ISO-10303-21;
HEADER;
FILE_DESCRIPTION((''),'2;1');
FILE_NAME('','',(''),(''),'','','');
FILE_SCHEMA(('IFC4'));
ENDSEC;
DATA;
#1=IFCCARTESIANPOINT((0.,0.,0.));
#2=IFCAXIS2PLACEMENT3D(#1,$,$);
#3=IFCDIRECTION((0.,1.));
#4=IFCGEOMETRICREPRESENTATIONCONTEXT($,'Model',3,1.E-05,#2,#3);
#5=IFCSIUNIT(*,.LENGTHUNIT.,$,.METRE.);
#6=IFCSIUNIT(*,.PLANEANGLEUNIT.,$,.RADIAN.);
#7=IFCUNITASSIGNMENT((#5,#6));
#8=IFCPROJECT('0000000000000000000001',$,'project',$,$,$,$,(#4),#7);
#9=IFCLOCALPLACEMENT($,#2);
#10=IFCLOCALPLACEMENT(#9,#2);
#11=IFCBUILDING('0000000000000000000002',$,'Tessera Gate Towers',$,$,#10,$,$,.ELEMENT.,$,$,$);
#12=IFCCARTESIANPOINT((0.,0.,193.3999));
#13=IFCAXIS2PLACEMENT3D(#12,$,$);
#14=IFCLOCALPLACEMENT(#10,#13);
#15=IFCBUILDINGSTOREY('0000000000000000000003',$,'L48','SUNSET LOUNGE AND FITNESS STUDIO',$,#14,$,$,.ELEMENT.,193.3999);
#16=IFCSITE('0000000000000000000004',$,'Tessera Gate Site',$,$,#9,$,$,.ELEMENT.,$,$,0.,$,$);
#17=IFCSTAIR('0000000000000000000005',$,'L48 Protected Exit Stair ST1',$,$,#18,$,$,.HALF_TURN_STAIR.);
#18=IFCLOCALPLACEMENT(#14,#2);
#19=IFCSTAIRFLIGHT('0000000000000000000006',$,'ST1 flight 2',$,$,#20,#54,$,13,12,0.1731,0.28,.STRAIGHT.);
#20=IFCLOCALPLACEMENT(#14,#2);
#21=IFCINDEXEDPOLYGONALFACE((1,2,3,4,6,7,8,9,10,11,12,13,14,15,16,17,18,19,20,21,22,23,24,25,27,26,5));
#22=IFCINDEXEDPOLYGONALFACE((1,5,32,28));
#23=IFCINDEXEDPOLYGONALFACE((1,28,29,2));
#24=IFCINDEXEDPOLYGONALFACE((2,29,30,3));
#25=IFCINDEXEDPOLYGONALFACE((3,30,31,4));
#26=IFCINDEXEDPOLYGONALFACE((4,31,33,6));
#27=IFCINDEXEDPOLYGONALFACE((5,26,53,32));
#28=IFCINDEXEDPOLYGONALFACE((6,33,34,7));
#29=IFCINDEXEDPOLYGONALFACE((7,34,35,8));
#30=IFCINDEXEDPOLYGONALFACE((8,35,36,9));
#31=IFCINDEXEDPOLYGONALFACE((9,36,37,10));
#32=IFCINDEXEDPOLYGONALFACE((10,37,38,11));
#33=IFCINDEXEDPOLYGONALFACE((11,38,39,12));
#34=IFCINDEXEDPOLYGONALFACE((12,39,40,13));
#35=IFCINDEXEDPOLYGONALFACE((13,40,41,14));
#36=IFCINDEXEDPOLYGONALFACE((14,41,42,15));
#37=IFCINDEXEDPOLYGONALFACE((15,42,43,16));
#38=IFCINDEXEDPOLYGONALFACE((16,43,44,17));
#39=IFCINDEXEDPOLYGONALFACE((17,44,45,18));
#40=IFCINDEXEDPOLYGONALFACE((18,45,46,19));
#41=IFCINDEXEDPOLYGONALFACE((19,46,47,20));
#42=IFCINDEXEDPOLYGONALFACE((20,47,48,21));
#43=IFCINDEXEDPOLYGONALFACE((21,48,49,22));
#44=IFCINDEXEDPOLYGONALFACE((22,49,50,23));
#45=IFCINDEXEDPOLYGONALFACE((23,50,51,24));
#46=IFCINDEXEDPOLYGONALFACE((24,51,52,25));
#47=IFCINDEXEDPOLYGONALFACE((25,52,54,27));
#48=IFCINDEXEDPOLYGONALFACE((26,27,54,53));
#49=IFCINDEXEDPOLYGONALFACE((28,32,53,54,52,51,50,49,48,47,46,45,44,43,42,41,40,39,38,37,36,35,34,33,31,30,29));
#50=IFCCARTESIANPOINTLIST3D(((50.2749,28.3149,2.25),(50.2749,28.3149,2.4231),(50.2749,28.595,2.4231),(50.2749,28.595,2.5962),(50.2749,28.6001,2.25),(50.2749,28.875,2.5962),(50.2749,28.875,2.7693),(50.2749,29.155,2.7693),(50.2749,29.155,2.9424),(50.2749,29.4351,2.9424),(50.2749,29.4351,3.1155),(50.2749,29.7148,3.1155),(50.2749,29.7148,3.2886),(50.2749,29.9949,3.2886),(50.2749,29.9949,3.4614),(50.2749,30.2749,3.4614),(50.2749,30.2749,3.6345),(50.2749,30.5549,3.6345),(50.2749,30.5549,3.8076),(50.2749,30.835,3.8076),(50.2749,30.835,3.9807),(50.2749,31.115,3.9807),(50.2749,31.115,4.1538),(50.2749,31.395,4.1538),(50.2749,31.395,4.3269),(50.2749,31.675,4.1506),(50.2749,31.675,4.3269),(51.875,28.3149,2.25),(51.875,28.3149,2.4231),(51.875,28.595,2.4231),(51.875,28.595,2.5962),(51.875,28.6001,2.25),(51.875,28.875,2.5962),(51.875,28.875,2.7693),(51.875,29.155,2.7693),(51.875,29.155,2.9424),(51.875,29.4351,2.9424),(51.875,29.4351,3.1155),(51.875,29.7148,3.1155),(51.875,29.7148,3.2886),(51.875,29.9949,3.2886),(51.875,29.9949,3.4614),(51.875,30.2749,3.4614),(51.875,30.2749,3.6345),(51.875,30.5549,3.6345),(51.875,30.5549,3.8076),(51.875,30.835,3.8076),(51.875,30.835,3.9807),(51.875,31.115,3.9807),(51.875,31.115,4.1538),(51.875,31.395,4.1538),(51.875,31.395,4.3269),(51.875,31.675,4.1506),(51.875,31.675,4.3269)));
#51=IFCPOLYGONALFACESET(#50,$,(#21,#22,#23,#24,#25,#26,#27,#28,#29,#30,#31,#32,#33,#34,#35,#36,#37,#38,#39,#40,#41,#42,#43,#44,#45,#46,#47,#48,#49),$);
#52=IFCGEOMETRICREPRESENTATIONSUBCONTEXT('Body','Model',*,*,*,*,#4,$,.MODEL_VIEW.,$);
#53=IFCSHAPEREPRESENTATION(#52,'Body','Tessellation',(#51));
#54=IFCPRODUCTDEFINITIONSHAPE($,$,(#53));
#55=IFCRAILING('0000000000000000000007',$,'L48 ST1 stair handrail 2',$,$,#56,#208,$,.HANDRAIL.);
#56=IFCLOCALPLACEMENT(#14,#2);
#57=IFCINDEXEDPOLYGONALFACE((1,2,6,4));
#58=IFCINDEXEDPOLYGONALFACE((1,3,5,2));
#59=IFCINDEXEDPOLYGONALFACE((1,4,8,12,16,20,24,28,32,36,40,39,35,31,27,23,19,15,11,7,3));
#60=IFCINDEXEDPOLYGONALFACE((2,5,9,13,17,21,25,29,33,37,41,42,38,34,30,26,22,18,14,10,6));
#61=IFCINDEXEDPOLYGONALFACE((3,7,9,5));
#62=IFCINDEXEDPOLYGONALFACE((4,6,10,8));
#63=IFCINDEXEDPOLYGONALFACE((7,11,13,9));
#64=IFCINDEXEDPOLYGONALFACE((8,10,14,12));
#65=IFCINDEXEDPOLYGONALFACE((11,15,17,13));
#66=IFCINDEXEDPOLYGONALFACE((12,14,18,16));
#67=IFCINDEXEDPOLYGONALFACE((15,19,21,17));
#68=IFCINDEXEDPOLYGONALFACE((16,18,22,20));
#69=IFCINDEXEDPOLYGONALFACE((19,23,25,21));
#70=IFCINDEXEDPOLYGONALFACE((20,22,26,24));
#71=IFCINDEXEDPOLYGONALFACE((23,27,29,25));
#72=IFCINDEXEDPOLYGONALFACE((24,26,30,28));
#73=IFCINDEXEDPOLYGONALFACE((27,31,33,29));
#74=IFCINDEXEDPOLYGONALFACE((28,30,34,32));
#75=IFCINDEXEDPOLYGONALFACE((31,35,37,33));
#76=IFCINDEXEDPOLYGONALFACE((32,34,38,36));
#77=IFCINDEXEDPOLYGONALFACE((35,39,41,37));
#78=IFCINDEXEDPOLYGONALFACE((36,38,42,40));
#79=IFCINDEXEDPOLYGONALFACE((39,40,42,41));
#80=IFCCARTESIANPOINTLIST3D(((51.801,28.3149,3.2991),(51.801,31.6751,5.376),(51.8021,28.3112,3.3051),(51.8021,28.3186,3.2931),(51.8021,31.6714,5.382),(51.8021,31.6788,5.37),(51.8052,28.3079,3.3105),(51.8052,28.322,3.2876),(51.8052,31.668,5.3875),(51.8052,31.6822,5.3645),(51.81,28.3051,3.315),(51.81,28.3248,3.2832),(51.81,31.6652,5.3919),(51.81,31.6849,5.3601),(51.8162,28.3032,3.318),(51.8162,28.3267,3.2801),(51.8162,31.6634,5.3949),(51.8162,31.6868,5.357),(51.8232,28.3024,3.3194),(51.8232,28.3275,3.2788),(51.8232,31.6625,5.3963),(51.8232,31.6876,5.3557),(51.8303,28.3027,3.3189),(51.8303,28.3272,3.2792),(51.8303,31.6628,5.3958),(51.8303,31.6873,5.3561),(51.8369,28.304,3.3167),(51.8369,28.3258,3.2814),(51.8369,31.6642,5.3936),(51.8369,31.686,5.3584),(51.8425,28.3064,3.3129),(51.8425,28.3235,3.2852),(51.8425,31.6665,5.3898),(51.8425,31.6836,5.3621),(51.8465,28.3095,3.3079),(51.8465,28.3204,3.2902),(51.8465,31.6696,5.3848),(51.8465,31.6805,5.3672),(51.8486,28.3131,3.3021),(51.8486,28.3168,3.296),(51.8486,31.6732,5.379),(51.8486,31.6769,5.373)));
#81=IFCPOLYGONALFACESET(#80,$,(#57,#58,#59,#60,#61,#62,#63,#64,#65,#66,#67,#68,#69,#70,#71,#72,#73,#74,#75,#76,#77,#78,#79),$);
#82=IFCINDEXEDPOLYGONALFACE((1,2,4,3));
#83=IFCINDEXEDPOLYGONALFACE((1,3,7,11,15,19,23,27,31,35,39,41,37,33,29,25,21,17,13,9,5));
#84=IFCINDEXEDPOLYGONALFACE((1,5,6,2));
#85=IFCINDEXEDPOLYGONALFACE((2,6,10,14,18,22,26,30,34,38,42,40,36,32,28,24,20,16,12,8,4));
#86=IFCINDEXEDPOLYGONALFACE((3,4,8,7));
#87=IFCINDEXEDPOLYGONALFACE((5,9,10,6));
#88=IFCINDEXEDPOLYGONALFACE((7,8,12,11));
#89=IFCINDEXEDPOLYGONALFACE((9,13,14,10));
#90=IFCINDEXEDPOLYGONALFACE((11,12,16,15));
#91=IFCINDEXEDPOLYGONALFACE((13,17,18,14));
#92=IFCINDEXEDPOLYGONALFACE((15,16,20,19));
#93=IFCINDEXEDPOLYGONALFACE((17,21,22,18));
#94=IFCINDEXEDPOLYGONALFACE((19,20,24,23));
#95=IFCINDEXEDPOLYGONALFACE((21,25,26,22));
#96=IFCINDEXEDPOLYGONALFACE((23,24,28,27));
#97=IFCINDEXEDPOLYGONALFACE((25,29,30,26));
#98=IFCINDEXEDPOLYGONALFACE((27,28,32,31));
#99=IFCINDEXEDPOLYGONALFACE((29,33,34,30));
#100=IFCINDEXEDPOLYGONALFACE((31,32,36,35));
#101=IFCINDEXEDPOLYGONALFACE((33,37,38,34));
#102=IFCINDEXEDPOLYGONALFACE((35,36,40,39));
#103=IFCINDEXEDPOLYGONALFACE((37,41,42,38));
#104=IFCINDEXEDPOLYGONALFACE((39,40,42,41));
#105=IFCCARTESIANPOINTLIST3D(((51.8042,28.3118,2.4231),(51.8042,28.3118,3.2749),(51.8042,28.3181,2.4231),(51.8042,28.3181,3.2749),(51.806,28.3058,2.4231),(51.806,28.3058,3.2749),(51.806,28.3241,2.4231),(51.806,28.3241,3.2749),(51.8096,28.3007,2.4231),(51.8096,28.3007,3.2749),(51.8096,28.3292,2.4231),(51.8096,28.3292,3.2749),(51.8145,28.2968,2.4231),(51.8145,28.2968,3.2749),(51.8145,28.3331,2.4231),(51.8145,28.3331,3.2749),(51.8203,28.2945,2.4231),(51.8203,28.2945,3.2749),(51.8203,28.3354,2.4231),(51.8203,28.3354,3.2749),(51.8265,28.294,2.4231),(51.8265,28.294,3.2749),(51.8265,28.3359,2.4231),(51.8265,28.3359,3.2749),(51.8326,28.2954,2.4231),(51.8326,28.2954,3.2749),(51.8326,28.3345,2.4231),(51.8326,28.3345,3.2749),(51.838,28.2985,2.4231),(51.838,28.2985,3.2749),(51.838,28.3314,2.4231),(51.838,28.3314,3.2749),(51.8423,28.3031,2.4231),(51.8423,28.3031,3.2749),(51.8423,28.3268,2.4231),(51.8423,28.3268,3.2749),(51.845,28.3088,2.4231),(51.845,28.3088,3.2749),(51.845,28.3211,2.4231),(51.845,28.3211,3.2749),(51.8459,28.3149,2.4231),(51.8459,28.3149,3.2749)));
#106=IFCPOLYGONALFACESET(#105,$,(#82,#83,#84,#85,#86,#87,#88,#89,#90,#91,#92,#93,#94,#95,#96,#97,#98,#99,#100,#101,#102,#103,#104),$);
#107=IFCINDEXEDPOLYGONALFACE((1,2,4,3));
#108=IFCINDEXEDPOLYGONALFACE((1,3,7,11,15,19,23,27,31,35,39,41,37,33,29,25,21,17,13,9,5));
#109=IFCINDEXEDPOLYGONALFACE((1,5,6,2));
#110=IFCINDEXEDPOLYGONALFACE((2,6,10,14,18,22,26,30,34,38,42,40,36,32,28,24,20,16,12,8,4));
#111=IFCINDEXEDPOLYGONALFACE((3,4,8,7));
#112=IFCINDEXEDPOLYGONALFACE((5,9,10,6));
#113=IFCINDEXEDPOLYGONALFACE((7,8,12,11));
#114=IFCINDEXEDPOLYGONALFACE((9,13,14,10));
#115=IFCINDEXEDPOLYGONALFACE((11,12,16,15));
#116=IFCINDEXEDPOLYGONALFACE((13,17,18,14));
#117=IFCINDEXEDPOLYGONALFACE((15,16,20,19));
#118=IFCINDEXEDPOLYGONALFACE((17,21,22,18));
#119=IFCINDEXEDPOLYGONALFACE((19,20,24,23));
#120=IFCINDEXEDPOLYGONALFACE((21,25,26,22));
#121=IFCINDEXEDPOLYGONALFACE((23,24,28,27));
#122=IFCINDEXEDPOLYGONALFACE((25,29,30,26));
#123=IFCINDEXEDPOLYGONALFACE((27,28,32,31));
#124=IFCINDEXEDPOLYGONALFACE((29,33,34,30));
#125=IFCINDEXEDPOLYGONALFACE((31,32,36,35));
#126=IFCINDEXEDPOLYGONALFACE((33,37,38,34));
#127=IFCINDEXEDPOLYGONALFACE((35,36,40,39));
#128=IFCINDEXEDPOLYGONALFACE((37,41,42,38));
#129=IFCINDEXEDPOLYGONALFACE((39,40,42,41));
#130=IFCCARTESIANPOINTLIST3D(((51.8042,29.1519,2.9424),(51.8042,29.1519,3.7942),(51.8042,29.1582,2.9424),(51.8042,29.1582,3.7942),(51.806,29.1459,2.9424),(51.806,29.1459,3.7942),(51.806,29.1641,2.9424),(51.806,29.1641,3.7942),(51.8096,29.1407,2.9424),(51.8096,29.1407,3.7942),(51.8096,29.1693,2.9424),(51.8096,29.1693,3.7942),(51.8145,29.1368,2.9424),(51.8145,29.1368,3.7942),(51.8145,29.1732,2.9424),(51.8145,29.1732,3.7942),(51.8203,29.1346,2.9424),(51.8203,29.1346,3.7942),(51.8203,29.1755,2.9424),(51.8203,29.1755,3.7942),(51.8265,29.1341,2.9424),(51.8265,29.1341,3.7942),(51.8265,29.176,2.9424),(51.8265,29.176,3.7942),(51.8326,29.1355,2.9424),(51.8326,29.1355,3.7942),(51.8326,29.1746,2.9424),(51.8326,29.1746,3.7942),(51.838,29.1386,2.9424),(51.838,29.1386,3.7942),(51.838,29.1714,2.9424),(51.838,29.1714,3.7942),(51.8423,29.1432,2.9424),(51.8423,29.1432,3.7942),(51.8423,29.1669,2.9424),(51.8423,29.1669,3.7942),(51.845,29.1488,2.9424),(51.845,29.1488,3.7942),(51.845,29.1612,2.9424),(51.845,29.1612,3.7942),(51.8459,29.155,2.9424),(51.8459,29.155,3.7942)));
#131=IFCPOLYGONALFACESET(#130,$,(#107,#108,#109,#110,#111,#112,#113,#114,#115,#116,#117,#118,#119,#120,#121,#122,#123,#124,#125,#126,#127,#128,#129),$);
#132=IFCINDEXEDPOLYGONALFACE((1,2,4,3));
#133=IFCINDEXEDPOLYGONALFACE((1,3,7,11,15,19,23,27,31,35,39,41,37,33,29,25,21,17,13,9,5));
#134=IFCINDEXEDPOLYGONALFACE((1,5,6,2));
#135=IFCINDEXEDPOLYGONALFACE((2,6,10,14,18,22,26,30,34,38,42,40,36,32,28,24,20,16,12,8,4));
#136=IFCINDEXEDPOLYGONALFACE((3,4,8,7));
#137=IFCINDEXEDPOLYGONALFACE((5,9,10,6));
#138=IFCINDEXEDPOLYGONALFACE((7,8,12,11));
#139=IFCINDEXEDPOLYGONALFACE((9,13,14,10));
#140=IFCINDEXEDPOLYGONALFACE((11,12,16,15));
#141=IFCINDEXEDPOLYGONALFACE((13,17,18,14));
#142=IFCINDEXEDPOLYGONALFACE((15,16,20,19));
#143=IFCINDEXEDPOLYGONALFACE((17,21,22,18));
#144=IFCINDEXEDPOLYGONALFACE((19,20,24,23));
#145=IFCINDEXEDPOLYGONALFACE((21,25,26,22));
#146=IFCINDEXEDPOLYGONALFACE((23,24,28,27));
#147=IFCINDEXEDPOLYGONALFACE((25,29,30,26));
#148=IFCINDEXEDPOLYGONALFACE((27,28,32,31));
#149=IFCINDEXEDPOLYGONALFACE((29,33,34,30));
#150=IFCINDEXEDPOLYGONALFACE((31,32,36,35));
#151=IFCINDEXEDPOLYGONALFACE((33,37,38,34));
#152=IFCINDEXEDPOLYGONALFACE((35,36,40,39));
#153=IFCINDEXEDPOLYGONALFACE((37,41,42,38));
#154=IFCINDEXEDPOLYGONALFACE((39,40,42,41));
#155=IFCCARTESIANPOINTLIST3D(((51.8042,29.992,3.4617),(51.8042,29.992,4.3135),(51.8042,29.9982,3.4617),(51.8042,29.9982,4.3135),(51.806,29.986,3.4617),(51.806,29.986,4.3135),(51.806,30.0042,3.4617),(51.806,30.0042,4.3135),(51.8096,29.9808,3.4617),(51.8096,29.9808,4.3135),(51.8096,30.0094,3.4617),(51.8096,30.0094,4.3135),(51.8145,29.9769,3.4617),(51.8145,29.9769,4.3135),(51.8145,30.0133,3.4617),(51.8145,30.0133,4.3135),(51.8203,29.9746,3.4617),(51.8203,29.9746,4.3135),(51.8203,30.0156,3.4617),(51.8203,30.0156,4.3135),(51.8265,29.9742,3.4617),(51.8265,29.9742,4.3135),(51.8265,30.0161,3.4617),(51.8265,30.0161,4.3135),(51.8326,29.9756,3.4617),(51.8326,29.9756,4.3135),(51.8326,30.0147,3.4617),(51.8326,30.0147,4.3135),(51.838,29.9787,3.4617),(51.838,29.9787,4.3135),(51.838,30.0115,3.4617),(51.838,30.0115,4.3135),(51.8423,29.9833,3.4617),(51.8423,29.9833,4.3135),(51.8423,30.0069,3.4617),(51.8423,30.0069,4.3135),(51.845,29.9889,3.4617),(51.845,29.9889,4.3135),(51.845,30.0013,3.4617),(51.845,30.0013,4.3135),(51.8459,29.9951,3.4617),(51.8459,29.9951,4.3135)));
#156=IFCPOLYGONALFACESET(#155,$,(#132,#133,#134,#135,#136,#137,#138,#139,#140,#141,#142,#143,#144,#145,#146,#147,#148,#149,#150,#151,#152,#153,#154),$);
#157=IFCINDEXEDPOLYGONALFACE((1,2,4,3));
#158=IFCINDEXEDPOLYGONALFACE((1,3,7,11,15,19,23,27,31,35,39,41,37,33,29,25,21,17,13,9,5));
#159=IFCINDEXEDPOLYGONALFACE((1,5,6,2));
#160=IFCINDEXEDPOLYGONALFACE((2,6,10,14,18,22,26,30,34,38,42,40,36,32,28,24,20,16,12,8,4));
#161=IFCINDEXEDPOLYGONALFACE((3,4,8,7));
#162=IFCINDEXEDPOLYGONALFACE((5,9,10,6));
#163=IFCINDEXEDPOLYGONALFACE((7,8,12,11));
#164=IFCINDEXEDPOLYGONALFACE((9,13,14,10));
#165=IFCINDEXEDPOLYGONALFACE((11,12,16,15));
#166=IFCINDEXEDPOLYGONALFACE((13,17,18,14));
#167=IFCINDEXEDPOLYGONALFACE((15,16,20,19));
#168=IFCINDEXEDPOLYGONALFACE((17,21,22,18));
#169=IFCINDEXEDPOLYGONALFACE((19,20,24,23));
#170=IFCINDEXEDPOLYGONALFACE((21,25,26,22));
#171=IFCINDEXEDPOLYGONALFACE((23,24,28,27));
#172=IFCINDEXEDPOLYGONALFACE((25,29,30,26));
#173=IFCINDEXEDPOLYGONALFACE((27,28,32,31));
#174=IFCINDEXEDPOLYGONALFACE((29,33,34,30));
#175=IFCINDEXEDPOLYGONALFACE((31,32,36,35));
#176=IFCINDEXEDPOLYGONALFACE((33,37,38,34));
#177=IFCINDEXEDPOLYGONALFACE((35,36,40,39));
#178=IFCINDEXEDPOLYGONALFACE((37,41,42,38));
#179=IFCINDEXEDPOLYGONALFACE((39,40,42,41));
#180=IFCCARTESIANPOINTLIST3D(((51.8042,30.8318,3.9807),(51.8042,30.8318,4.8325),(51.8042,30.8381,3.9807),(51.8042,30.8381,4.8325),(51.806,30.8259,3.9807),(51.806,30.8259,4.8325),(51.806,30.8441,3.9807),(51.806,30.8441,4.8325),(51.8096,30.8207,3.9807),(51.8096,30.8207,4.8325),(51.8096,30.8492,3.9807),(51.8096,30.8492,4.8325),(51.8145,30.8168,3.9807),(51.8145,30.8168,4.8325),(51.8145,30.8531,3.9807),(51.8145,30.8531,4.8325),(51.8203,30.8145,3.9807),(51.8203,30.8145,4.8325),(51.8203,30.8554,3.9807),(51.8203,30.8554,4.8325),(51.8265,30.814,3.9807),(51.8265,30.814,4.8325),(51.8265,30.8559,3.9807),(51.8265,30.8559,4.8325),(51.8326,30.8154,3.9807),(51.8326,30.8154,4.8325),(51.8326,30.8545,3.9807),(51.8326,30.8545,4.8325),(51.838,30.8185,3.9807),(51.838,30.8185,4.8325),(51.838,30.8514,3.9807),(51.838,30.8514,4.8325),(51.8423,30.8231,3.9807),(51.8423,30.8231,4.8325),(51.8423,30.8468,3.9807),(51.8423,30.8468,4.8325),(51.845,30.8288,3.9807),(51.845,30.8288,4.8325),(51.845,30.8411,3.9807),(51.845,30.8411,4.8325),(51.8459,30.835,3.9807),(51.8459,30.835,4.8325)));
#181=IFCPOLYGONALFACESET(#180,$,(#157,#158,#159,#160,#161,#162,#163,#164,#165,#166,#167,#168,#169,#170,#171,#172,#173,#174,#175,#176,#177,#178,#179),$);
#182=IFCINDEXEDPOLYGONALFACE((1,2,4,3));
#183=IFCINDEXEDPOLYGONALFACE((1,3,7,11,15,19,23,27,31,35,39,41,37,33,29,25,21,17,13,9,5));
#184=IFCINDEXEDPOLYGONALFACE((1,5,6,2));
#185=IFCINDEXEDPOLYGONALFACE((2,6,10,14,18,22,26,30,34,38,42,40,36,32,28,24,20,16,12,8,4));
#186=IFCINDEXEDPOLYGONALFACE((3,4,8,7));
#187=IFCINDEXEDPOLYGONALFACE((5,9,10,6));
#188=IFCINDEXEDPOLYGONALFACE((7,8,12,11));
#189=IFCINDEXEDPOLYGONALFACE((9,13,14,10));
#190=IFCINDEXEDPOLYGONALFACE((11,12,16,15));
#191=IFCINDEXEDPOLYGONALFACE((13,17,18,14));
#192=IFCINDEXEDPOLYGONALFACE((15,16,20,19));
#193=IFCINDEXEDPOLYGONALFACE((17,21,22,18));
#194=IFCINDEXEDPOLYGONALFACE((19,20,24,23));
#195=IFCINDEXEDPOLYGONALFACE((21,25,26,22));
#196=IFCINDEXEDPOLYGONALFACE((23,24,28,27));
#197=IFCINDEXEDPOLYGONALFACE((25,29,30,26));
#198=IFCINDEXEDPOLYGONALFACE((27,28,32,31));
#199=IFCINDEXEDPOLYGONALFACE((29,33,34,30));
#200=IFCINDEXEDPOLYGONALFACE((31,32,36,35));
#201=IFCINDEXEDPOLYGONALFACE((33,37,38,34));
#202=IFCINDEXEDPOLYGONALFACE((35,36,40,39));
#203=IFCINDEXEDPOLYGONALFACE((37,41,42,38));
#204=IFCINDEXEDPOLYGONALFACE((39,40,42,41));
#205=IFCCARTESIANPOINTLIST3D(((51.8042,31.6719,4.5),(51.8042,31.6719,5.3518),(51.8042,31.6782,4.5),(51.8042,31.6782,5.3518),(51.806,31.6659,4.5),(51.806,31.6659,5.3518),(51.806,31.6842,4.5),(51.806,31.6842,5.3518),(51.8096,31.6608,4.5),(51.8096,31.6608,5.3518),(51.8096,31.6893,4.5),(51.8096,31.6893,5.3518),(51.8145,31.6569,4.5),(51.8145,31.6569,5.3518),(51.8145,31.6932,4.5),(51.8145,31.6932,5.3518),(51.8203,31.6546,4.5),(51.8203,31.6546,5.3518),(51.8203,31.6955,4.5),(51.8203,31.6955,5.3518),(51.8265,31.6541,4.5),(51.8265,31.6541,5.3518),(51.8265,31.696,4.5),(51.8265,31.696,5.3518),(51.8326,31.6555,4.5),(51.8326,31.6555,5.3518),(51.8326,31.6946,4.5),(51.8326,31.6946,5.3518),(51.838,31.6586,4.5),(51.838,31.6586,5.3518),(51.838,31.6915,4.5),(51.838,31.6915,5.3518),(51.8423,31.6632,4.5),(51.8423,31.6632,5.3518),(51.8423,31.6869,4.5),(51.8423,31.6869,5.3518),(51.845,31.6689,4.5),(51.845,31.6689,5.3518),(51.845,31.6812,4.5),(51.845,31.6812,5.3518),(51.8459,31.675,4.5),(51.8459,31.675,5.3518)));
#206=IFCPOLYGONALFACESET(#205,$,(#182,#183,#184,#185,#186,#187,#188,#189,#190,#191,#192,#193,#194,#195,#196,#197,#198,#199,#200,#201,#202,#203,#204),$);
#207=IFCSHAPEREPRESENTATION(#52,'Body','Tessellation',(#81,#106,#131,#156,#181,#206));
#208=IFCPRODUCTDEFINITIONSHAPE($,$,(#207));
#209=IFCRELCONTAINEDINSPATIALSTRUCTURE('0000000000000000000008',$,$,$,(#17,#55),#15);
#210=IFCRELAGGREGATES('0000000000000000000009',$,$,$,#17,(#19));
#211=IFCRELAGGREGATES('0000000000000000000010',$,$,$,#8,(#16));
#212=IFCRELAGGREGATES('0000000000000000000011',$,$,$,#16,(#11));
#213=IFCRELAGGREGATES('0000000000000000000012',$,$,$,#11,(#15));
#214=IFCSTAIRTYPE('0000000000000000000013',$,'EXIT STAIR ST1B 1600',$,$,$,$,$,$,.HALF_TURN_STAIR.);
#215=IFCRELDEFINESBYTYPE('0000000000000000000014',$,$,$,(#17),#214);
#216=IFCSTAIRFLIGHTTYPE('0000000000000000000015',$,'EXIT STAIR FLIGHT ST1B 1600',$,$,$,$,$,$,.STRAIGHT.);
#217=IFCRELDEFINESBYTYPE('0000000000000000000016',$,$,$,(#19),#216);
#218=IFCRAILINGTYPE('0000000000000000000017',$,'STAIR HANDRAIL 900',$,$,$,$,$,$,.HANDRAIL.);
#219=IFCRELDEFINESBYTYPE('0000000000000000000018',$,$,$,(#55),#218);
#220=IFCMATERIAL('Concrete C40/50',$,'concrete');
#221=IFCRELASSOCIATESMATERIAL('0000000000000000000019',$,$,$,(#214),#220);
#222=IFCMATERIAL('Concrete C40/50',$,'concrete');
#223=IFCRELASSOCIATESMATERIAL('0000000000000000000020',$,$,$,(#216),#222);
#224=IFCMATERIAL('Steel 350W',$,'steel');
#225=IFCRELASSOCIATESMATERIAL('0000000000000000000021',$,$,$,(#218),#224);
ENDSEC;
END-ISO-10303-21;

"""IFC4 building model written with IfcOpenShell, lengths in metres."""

from ifc_helpers import new_model, si_unit, direction, frame, origin, origin_2d, place, context, subcontext, project, spatial, polyline, circle, outline, extrude, material, type_object, element, aggregate, save


model = new_model("IFC4")

# Units and contexts
model_context = context("Model", 3, precision=1e-05, world=origin(), true_north=direction((0.0, 1.0)))
body_context = subcontext(model_context, "Body", "Model", "MODEL_VIEW")
ifc_project = project(units=[si_unit("LENGTHUNIT", "METRE"), si_unit("PLANEANGLEUNIT", "RADIAN")], contexts=[model_context])

# Site, building, storey
site_placement = place(None, origin())
site = spatial("IfcSite", under=ifc_project, at=site_placement, Name="Tessera Gate Site", CompositionType="ELEMENT", RefElevation=0.0)
building_placement = place(site_placement, origin())
building = spatial("IfcBuilding", under=site, at=building_placement, Name="Tessera Gate Towers", CompositionType="ELEMENT")
storey_placement = place(building_placement, frame((0.0, 0.0, 193.3999)))
storey = spatial("IfcBuildingStorey", under=building, at=storey_placement, Name="L48", Description="SUNSET LOUNGE AND FITNESS STUDIO", CompositionType="ELEMENT", Elevation=193.3999)

# Stair, stair flight
ifc_material_1 = material(Name="Concrete C40/50", Category="concrete")
stair_type = type_object("IfcStairType", Name="EXIT STAIR ST1B 1600", PredefinedType="HALF_TURN_STAIR", material=ifc_material_1)
stair_placement = place(storey_placement, origin())
stair = element("IfcStair", 1, at=stair_placement, inside=storey, type_object=stair_type, Name="L48 Protected Exit Stair ST1", PredefinedType="HALF_TURN_STAIR")
ifc_material_2 = material(Name="Concrete C40/50", Category="concrete")
stair_flight_type = type_object("IfcStairFlightType", Name="EXIT STAIR FLIGHT ST1B 1600", PredefinedType="STRAIGHT", material=ifc_material_2)
stair_flight_placement = place(storey_placement, frame((51.075, 28.3149, 2.25), z_axis=(0.0, 0.0, 1.0), x_axis=(0.0, 1.0, 0.0)))
stair_flight = element("IfcStairFlight", 2, at=stair_flight_placement, type_object=stair_flight_type, Name="ST1 flight 2", NumberOfRisers=13, NumberOfTreads=12, PredefinedType="STRAIGHT", RiserHeight=0.1731, TreadLength=0.28, context=body_context, shape_type="SweptSolid", body=[
    extrude(outline(polyline([(0.0, 0.0), (0.0, 0.1731), (0.28, 0.1731), (0.28, 0.3462), (0.5601, 0.3462), (0.5601, 0.5193), (0.8401, 0.5193), (0.8401, 0.6924), (1.1201, 0.6924), (1.1201, 0.8655), (1.3999, 0.8655), (1.3999, 1.0386), (1.6799, 1.0386), (1.6799, 1.2114), (1.96, 1.2114), (1.96, 1.3845), (2.24, 1.3845), (2.24, 1.5576), (2.52, 1.5576), (2.52, 1.7307), (2.8, 1.7307), (2.8, 1.9038), (3.0801, 1.9038), (3.0801, 2.0769), (3.3601, 2.0769), (3.3601, 2.25), (3.3601, 1.9006), (0.2852, 0.0), (0.0, 0.0)])), frame((0.0, 0.8, 0.0), z_axis=(0.0, -1.0, 0.0), x_axis=(1.0, 0.0, 0.0)), (0.0, 0.0, 1.0), 1.6001),
])
aggregate(stair, [stair_flight])

# Railing
ifc_material_3 = material(Name="Steel 350W", Category="steel")
railing_type = type_object("IfcRailingType", Name="STAIR HANDRAIL 900", PredefinedType="HANDRAIL", material=ifc_material_3)
railing_placement = place(storey_placement, frame((51.825, 28.3149, 2.4231)))
element("IfcRailing", 3, at=railing_placement, inside=storey, type_object=railing_type, Name="L48 ST1 stair handrail 2", PredefinedType="HANDRAIL", context=body_context, shape_type="SweptSolid", body=[
    extrude(circle(Radius=0.0239, at=origin_2d()), frame((0.0, 0.0, 0.876), z_axis=(0.0, 0.850623, 0.525776), x_axis=(-1.0, 0.0, 0.0)), (0.0, 0.0, 1.0), 3.9502),
    extrude(circle(Radius=0.021, at=origin_2d()), origin(), (0.0, 0.0, 1.0), 0.8518),
    extrude(circle(Radius=0.021, at=origin_2d()), frame((0.0, 0.8401, 0.5193)), (0.0, 0.0, 1.0), 0.8518),
    extrude(circle(Radius=0.021, at=origin_2d()), frame((0.0, 1.6802, 1.0386)), (0.0, 0.0, 1.0), 0.8518),
    extrude(circle(Radius=0.021, at=origin_2d()), frame((0.0, 2.52, 1.5576)), (0.0, 0.0, 1.0), 0.8518),
    extrude(circle(Radius=0.021, at=origin_2d()), frame((0.0, 3.3601, 2.0769)), (0.0, 0.0, 1.0), 0.8518),
])

save(model, "model.ifc")
